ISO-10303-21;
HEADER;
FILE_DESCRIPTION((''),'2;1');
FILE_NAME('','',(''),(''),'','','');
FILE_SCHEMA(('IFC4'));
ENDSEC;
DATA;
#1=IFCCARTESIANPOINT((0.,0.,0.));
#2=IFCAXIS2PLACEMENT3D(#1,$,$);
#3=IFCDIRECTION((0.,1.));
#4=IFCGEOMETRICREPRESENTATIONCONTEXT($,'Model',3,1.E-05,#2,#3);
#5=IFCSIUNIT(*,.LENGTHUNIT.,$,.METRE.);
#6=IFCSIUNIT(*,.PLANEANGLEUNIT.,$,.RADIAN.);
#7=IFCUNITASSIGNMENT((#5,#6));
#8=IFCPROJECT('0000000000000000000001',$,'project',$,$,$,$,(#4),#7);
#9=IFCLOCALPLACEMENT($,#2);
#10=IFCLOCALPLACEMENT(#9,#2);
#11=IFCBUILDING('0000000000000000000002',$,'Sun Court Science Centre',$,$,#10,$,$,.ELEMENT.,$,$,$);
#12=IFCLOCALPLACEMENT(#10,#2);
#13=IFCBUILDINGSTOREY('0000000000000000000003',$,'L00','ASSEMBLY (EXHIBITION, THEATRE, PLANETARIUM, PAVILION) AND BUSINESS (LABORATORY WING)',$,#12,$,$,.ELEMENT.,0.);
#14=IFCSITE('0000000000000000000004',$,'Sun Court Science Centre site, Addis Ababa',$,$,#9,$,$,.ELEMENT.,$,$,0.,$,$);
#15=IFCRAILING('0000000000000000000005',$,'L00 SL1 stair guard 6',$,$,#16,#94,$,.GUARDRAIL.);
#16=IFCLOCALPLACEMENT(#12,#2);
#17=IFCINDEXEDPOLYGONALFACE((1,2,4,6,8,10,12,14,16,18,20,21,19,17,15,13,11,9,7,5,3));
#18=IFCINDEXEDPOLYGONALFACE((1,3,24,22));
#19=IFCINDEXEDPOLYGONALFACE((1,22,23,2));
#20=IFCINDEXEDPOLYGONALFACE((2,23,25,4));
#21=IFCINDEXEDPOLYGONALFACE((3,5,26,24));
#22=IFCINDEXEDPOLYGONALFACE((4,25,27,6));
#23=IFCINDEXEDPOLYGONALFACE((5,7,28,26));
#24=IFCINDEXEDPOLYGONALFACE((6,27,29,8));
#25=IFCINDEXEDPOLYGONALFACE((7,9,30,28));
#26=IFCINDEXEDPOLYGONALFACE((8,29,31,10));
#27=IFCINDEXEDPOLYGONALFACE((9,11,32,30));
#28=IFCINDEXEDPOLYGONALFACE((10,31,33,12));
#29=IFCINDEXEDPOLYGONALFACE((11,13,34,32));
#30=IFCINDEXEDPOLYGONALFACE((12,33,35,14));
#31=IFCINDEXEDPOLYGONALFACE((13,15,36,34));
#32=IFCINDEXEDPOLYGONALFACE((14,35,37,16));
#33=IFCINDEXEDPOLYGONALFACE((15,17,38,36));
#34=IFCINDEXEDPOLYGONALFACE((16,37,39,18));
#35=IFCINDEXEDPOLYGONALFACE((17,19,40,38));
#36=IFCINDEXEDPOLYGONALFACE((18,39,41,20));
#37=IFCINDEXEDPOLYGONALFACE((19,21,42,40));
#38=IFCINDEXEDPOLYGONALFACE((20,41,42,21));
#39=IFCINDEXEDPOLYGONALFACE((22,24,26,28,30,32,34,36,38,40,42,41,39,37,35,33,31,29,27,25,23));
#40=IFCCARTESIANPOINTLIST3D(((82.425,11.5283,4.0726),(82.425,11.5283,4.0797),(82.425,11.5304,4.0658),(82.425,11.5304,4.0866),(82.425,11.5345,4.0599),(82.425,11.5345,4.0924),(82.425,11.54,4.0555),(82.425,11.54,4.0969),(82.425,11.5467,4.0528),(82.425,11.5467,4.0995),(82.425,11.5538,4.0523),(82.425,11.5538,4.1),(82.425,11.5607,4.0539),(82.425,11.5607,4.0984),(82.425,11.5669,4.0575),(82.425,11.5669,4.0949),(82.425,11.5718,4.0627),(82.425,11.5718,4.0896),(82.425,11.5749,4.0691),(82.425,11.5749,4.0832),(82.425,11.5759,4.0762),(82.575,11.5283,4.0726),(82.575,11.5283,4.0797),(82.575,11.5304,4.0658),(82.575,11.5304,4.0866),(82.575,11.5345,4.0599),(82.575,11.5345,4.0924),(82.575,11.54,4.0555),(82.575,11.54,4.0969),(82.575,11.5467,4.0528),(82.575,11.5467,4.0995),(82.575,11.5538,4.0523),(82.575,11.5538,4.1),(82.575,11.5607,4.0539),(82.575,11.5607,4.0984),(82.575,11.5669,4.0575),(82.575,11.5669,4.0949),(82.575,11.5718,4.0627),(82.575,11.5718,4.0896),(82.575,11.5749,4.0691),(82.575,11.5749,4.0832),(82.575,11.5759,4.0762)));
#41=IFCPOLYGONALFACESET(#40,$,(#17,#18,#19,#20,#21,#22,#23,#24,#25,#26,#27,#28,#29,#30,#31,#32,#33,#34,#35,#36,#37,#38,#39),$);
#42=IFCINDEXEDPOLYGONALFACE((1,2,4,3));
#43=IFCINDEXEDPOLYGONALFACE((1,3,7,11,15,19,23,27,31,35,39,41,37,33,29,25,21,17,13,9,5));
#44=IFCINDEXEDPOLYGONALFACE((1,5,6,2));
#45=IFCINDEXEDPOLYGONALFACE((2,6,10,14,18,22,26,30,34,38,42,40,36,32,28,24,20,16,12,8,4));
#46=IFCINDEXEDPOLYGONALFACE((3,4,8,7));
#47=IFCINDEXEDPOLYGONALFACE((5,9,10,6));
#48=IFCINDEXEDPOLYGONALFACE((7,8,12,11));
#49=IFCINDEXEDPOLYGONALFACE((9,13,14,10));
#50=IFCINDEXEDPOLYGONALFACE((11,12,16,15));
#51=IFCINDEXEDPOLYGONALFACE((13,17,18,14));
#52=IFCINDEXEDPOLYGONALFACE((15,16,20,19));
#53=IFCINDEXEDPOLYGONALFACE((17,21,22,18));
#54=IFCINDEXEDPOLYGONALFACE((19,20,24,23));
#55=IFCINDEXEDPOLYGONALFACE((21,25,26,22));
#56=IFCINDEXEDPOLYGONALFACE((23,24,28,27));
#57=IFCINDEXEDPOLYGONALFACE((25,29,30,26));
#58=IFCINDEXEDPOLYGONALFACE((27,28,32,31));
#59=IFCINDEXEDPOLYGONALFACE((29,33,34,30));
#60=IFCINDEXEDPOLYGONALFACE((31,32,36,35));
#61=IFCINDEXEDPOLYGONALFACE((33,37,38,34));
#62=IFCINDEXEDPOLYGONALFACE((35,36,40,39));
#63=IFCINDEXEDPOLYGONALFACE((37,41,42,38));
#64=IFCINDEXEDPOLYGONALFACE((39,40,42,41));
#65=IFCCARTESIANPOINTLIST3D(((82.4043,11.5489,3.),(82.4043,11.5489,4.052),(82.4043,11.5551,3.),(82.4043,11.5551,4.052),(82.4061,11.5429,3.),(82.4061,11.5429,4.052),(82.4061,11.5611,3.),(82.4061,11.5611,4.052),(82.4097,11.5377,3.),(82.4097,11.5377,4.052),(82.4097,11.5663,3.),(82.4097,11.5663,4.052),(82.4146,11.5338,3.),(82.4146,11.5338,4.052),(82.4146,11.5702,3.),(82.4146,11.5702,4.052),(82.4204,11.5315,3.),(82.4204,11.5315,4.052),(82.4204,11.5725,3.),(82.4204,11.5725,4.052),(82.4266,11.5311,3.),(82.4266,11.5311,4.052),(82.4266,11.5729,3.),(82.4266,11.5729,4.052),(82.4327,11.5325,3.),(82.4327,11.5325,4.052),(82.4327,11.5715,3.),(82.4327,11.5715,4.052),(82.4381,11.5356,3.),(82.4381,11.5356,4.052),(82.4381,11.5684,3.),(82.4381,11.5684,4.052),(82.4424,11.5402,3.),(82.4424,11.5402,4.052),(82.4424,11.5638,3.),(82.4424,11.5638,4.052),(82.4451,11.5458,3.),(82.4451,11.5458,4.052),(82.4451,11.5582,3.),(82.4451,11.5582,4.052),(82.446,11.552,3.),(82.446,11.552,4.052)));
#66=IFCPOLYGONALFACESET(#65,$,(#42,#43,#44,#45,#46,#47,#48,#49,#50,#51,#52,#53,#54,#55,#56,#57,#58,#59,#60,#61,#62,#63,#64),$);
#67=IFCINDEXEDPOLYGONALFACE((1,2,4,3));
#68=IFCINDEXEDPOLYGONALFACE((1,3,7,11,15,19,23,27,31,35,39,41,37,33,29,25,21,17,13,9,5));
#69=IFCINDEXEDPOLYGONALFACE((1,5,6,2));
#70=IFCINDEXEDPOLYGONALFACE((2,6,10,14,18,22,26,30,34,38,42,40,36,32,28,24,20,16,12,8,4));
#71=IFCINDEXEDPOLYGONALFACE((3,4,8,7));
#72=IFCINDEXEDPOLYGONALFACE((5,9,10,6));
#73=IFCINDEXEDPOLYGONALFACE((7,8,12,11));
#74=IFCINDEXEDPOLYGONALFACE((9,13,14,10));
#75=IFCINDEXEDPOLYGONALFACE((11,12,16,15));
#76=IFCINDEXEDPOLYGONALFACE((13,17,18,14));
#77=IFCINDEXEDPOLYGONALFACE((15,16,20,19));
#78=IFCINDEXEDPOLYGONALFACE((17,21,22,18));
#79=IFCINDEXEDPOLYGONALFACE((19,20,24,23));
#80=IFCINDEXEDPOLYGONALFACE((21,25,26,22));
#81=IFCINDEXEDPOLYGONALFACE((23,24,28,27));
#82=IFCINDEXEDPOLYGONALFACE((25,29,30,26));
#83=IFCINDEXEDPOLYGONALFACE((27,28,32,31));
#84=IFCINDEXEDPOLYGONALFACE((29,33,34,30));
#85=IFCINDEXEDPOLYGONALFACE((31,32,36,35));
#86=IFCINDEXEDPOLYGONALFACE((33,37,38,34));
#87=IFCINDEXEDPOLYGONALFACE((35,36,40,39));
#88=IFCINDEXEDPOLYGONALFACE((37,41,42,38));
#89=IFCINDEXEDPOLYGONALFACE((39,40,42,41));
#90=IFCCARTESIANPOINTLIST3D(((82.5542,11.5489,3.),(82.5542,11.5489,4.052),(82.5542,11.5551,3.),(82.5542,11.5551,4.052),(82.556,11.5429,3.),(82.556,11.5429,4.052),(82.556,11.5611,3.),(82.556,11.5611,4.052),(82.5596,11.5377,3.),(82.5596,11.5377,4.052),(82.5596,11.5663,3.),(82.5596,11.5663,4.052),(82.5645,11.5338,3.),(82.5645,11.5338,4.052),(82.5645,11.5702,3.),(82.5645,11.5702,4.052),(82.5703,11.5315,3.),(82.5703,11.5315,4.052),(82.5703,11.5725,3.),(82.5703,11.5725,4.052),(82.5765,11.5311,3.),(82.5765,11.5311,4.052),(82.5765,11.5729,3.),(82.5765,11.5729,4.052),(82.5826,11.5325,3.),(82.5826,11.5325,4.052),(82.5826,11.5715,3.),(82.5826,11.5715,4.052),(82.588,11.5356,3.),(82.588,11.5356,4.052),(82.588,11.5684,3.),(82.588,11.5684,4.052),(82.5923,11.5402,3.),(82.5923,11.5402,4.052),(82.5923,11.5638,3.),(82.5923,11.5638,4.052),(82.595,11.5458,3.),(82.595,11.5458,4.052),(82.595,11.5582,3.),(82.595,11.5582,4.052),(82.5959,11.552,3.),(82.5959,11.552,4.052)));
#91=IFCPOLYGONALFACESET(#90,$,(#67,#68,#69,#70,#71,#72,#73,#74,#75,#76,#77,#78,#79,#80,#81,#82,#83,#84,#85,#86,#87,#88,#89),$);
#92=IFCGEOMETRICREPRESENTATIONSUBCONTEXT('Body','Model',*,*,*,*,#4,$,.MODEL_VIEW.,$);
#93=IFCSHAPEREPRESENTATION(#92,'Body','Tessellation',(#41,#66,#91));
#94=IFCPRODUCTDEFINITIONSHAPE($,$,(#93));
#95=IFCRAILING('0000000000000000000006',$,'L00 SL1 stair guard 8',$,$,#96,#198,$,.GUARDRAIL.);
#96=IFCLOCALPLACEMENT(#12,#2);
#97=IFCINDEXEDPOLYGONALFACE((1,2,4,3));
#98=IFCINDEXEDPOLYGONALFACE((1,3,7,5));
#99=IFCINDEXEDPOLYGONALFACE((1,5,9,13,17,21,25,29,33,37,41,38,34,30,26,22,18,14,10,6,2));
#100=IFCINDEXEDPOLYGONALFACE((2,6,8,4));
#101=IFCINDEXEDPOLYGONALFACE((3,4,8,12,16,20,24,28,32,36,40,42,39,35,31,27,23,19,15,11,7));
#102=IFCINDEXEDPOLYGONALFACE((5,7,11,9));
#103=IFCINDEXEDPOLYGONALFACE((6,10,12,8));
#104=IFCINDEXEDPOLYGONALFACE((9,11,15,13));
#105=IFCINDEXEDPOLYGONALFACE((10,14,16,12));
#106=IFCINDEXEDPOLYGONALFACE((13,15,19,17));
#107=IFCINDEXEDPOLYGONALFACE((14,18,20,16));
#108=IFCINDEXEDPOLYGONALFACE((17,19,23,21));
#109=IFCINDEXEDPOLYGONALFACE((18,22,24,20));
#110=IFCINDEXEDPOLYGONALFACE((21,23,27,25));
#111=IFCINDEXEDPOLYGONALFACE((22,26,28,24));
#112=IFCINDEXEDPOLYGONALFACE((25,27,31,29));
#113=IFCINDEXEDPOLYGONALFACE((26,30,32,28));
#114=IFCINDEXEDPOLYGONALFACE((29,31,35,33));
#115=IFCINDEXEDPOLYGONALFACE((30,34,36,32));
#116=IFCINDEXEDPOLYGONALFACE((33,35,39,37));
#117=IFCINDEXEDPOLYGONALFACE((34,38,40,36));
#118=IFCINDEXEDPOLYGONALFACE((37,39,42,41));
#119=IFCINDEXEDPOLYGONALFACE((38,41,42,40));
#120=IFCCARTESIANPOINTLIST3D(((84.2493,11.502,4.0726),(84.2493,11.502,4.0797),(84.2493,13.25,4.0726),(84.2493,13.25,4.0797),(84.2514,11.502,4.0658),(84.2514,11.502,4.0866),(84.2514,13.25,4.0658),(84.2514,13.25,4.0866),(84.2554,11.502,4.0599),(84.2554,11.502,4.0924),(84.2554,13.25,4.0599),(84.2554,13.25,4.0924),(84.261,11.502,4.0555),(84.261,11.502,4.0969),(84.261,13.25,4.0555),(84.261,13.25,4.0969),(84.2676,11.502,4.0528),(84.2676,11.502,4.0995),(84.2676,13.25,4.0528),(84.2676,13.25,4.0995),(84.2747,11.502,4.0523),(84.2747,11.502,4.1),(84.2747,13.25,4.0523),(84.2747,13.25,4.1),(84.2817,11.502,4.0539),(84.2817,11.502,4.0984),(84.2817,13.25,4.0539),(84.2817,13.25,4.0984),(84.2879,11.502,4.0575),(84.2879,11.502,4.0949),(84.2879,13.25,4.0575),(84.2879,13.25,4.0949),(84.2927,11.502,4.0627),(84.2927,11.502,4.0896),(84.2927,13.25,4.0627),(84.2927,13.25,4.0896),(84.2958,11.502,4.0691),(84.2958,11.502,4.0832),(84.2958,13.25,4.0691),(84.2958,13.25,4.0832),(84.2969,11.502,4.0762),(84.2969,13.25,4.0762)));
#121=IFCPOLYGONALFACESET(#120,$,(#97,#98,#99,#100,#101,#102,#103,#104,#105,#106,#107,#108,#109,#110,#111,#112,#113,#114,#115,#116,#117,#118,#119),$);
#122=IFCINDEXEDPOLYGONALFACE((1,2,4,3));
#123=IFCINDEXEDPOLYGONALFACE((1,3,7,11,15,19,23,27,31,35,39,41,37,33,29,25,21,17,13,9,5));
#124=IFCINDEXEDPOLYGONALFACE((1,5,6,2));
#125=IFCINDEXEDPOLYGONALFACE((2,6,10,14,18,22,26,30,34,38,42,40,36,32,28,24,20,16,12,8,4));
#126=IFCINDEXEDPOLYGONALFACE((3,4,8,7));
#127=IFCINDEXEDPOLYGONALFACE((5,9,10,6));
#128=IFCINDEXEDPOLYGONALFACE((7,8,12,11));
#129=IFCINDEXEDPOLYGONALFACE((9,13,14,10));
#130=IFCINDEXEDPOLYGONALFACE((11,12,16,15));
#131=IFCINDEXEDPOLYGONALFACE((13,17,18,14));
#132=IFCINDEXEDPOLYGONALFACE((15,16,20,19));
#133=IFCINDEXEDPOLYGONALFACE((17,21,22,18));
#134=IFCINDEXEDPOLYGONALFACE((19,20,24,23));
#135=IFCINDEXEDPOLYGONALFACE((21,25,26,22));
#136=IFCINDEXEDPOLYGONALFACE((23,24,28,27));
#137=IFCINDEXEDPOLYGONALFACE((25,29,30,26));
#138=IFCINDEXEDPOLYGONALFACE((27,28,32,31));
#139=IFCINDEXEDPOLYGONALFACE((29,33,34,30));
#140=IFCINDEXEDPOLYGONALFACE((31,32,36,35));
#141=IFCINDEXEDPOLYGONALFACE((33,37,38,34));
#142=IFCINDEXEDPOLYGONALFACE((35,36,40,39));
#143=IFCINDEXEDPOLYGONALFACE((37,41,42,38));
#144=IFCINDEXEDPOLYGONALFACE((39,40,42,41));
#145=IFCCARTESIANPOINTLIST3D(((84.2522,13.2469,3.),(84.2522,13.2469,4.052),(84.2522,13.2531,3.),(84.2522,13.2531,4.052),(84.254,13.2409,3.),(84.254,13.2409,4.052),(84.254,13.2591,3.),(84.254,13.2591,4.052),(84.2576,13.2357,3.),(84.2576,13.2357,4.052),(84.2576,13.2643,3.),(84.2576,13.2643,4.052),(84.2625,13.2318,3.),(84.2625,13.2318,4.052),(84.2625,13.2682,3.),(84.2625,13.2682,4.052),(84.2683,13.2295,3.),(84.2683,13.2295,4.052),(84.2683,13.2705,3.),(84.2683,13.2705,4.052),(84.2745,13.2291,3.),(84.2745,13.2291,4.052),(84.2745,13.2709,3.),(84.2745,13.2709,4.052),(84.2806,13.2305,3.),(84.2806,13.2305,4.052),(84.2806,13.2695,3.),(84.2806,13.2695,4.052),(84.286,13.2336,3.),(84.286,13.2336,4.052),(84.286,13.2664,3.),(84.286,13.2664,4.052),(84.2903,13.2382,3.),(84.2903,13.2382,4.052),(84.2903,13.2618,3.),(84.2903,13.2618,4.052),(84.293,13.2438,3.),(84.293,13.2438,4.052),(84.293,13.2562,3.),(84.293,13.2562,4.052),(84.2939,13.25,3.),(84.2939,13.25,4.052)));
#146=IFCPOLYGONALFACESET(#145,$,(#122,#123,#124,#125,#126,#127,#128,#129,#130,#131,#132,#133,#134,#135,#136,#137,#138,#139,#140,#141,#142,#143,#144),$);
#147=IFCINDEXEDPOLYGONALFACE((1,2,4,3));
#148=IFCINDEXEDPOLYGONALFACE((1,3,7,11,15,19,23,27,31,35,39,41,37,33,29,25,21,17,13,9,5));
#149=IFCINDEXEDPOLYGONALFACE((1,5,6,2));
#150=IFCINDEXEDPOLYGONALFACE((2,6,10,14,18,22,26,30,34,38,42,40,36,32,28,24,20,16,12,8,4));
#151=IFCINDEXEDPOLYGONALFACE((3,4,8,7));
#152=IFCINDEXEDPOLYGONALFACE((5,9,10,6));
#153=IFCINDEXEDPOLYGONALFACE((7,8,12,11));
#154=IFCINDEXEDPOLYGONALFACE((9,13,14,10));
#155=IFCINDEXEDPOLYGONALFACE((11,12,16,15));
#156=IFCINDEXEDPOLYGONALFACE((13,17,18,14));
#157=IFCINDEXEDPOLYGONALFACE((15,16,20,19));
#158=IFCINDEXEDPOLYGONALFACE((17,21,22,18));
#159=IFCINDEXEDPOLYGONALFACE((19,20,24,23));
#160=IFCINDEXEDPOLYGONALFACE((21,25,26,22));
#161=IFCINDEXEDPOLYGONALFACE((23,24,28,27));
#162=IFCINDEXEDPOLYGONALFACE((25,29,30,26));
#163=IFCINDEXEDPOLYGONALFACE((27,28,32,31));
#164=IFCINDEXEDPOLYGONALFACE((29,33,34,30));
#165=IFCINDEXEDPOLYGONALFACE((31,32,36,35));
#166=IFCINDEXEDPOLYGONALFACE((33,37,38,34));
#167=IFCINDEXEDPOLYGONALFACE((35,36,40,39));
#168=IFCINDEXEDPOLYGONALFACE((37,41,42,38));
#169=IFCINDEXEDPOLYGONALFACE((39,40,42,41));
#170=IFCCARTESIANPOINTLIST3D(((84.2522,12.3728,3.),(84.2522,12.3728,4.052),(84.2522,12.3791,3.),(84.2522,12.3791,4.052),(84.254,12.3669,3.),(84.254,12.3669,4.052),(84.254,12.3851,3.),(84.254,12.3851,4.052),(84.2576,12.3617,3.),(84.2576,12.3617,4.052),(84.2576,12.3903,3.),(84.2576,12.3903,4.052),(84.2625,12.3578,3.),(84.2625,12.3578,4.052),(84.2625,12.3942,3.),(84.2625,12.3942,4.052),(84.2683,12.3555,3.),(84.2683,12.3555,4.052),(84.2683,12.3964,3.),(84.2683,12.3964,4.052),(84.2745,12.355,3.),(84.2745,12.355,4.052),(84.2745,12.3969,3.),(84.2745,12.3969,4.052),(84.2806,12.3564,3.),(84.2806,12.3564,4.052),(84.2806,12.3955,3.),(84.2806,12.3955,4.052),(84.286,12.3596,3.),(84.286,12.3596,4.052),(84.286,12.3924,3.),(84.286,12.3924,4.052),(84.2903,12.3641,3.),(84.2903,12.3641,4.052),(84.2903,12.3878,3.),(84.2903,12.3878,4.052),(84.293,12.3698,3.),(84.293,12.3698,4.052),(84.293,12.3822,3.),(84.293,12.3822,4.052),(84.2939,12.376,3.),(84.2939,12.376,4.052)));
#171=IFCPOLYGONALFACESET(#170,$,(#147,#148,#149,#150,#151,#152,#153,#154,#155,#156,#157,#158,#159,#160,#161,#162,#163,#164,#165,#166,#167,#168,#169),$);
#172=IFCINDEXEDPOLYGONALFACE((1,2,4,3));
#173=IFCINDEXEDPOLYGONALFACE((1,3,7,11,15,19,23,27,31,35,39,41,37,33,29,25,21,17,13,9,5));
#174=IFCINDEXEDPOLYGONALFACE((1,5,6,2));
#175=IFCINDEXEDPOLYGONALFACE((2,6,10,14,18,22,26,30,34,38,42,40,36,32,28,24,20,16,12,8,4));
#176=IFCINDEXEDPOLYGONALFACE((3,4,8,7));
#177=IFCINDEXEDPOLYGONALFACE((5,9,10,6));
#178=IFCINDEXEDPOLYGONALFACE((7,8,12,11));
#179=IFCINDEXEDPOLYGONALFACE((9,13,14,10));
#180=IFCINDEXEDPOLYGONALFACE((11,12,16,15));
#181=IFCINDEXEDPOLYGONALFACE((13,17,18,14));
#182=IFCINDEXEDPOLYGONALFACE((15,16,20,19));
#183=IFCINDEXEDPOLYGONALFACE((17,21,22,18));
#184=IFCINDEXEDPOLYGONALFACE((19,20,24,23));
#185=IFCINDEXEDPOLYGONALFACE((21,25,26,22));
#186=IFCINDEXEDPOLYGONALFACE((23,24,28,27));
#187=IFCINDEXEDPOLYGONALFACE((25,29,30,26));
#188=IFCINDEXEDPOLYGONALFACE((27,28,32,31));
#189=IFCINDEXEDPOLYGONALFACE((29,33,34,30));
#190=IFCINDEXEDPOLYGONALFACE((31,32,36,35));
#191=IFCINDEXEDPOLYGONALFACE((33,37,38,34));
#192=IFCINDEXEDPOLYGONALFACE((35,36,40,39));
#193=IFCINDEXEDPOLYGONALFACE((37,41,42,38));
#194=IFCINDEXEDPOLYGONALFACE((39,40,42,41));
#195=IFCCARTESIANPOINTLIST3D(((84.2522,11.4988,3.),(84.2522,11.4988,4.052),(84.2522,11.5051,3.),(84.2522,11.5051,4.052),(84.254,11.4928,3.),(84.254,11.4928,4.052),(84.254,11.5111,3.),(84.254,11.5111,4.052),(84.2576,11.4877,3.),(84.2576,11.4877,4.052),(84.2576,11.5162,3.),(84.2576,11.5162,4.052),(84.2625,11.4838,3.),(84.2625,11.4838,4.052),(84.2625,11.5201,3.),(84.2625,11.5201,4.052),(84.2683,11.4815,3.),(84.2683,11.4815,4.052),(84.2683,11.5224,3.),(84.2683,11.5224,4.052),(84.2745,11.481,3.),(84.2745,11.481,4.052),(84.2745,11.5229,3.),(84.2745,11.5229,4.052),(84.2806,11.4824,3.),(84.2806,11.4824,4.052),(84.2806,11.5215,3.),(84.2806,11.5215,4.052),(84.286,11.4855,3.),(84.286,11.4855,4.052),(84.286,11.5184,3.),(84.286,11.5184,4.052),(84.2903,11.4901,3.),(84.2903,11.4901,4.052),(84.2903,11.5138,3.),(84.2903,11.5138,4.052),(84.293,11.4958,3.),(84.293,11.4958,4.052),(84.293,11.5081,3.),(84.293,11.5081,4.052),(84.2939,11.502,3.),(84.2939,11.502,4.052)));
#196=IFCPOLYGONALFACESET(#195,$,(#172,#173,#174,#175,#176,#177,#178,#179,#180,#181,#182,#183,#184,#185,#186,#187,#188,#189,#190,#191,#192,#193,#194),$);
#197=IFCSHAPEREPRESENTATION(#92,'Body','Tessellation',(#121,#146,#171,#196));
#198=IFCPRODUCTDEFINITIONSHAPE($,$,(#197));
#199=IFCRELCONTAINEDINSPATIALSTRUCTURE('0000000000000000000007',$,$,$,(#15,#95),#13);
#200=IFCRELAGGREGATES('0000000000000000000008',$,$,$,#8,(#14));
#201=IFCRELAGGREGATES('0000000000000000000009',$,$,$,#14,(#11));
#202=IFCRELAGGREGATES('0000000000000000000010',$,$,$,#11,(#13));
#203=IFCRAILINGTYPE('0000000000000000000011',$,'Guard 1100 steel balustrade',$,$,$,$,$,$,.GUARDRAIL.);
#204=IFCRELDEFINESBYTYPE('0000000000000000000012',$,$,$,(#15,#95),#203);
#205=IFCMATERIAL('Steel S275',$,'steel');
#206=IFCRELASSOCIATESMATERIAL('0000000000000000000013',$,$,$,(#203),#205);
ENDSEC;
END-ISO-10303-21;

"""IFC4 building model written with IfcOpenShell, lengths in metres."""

from ifc_helpers import new_model, si_unit, direction, frame, origin, origin_2d, place, context, subcontext, project, spatial, circle, extrude, material, type_object, element, save


model = new_model("IFC4")

# Units and contexts
model_context = context("Model", 3, precision=1e-05, world=origin(), true_north=direction((0.0, 1.0)))
body_context = subcontext(model_context, "Body", "Model", "MODEL_VIEW")
ifc_project = project(units=[si_unit("LENGTHUNIT", "METRE"), si_unit("PLANEANGLEUNIT", "RADIAN")], contexts=[model_context])

# Site, building, storey
site_placement = place(None, origin())
site = spatial("IfcSite", under=ifc_project, at=site_placement, Name="Sun Court Science Centre site, Addis Ababa", CompositionType="ELEMENT", RefElevation=0.0)
building_placement = place(site_placement, origin())
building = spatial("IfcBuilding", under=site, at=building_placement, Name="Sun Court Science Centre", CompositionType="ELEMENT")
storey_placement = place(building_placement, origin())
storey = spatial("IfcBuildingStorey", under=building, at=storey_placement, Name="L00", Description="ASSEMBLY (EXHIBITION, THEATRE, PLANETARIUM, PAVILION) AND BUSINESS (LABORATORY WING)", CompositionType="ELEMENT", Elevation=0.0)

# Railings
ifc_material_1 = material(Name="Steel S275", Category="steel")
railing_type_1 = type_object("IfcRailingType", Name="Guard 1100 steel balustrade", PredefinedType="GUARDRAIL", material=ifc_material_1)
railing_1_placement = place(storey_placement, frame((82.425, 11.552, 3.0)))
element("IfcRailing", 1, at=railing_1_placement, inside=storey, type_object=railing_type_1, Name="L00 SL1 stair guard 6", PredefinedType="GUARDRAIL", context=body_context, shape_type="SweptSolid", body=[
    extrude(circle(Radius=0.0239, at=origin_2d()), frame((0.0, 0.0, 1.0762), z_axis=(1.0, 0.0, 0.0), x_axis=(0.0, 1.0, 0.0)), (0.0, 0.0, 1.0), 0.1499),
    extrude(circle(Radius=0.021, at=origin_2d()), origin(), (0.0, 0.0, 1.0), 1.052),
    extrude(circle(Radius=0.021, at=origin_2d()), frame((0.1499, 0.0, 0.0)), (0.0, 0.0, 1.0), 1.052),
])
railing_2_placement = place(storey_placement, frame((84.2729, 13.25, 3.0)))
element("IfcRailing", 2, at=railing_2_placement, inside=storey, type_object=railing_type_1, Name="L00 SL1 stair guard 8", PredefinedType="GUARDRAIL", context=body_context, shape_type="SweptSolid", body=[
    extrude(circle(Radius=0.0239, at=origin_2d()), frame((0.0, 0.0, 1.0762), z_axis=(0.0, -1.0, 0.0), x_axis=(1.0, 0.0, 0.0)), (0.0, 0.0, 1.0), 1.748),
    extrude(circle(Radius=0.021, at=origin_2d()), origin(), (0.0, 0.0, 1.0), 1.052),
    extrude(circle(Radius=0.021, at=origin_2d()), frame((0.0, -0.874, 0.0)), (0.0, 0.0, 1.0), 1.052),
    extrude(circle(Radius=0.021, at=origin_2d()), frame((0.0, -1.748, 0.0)), (0.0, 0.0, 1.0), 1.052),
])

save(model, "model.ifc")
